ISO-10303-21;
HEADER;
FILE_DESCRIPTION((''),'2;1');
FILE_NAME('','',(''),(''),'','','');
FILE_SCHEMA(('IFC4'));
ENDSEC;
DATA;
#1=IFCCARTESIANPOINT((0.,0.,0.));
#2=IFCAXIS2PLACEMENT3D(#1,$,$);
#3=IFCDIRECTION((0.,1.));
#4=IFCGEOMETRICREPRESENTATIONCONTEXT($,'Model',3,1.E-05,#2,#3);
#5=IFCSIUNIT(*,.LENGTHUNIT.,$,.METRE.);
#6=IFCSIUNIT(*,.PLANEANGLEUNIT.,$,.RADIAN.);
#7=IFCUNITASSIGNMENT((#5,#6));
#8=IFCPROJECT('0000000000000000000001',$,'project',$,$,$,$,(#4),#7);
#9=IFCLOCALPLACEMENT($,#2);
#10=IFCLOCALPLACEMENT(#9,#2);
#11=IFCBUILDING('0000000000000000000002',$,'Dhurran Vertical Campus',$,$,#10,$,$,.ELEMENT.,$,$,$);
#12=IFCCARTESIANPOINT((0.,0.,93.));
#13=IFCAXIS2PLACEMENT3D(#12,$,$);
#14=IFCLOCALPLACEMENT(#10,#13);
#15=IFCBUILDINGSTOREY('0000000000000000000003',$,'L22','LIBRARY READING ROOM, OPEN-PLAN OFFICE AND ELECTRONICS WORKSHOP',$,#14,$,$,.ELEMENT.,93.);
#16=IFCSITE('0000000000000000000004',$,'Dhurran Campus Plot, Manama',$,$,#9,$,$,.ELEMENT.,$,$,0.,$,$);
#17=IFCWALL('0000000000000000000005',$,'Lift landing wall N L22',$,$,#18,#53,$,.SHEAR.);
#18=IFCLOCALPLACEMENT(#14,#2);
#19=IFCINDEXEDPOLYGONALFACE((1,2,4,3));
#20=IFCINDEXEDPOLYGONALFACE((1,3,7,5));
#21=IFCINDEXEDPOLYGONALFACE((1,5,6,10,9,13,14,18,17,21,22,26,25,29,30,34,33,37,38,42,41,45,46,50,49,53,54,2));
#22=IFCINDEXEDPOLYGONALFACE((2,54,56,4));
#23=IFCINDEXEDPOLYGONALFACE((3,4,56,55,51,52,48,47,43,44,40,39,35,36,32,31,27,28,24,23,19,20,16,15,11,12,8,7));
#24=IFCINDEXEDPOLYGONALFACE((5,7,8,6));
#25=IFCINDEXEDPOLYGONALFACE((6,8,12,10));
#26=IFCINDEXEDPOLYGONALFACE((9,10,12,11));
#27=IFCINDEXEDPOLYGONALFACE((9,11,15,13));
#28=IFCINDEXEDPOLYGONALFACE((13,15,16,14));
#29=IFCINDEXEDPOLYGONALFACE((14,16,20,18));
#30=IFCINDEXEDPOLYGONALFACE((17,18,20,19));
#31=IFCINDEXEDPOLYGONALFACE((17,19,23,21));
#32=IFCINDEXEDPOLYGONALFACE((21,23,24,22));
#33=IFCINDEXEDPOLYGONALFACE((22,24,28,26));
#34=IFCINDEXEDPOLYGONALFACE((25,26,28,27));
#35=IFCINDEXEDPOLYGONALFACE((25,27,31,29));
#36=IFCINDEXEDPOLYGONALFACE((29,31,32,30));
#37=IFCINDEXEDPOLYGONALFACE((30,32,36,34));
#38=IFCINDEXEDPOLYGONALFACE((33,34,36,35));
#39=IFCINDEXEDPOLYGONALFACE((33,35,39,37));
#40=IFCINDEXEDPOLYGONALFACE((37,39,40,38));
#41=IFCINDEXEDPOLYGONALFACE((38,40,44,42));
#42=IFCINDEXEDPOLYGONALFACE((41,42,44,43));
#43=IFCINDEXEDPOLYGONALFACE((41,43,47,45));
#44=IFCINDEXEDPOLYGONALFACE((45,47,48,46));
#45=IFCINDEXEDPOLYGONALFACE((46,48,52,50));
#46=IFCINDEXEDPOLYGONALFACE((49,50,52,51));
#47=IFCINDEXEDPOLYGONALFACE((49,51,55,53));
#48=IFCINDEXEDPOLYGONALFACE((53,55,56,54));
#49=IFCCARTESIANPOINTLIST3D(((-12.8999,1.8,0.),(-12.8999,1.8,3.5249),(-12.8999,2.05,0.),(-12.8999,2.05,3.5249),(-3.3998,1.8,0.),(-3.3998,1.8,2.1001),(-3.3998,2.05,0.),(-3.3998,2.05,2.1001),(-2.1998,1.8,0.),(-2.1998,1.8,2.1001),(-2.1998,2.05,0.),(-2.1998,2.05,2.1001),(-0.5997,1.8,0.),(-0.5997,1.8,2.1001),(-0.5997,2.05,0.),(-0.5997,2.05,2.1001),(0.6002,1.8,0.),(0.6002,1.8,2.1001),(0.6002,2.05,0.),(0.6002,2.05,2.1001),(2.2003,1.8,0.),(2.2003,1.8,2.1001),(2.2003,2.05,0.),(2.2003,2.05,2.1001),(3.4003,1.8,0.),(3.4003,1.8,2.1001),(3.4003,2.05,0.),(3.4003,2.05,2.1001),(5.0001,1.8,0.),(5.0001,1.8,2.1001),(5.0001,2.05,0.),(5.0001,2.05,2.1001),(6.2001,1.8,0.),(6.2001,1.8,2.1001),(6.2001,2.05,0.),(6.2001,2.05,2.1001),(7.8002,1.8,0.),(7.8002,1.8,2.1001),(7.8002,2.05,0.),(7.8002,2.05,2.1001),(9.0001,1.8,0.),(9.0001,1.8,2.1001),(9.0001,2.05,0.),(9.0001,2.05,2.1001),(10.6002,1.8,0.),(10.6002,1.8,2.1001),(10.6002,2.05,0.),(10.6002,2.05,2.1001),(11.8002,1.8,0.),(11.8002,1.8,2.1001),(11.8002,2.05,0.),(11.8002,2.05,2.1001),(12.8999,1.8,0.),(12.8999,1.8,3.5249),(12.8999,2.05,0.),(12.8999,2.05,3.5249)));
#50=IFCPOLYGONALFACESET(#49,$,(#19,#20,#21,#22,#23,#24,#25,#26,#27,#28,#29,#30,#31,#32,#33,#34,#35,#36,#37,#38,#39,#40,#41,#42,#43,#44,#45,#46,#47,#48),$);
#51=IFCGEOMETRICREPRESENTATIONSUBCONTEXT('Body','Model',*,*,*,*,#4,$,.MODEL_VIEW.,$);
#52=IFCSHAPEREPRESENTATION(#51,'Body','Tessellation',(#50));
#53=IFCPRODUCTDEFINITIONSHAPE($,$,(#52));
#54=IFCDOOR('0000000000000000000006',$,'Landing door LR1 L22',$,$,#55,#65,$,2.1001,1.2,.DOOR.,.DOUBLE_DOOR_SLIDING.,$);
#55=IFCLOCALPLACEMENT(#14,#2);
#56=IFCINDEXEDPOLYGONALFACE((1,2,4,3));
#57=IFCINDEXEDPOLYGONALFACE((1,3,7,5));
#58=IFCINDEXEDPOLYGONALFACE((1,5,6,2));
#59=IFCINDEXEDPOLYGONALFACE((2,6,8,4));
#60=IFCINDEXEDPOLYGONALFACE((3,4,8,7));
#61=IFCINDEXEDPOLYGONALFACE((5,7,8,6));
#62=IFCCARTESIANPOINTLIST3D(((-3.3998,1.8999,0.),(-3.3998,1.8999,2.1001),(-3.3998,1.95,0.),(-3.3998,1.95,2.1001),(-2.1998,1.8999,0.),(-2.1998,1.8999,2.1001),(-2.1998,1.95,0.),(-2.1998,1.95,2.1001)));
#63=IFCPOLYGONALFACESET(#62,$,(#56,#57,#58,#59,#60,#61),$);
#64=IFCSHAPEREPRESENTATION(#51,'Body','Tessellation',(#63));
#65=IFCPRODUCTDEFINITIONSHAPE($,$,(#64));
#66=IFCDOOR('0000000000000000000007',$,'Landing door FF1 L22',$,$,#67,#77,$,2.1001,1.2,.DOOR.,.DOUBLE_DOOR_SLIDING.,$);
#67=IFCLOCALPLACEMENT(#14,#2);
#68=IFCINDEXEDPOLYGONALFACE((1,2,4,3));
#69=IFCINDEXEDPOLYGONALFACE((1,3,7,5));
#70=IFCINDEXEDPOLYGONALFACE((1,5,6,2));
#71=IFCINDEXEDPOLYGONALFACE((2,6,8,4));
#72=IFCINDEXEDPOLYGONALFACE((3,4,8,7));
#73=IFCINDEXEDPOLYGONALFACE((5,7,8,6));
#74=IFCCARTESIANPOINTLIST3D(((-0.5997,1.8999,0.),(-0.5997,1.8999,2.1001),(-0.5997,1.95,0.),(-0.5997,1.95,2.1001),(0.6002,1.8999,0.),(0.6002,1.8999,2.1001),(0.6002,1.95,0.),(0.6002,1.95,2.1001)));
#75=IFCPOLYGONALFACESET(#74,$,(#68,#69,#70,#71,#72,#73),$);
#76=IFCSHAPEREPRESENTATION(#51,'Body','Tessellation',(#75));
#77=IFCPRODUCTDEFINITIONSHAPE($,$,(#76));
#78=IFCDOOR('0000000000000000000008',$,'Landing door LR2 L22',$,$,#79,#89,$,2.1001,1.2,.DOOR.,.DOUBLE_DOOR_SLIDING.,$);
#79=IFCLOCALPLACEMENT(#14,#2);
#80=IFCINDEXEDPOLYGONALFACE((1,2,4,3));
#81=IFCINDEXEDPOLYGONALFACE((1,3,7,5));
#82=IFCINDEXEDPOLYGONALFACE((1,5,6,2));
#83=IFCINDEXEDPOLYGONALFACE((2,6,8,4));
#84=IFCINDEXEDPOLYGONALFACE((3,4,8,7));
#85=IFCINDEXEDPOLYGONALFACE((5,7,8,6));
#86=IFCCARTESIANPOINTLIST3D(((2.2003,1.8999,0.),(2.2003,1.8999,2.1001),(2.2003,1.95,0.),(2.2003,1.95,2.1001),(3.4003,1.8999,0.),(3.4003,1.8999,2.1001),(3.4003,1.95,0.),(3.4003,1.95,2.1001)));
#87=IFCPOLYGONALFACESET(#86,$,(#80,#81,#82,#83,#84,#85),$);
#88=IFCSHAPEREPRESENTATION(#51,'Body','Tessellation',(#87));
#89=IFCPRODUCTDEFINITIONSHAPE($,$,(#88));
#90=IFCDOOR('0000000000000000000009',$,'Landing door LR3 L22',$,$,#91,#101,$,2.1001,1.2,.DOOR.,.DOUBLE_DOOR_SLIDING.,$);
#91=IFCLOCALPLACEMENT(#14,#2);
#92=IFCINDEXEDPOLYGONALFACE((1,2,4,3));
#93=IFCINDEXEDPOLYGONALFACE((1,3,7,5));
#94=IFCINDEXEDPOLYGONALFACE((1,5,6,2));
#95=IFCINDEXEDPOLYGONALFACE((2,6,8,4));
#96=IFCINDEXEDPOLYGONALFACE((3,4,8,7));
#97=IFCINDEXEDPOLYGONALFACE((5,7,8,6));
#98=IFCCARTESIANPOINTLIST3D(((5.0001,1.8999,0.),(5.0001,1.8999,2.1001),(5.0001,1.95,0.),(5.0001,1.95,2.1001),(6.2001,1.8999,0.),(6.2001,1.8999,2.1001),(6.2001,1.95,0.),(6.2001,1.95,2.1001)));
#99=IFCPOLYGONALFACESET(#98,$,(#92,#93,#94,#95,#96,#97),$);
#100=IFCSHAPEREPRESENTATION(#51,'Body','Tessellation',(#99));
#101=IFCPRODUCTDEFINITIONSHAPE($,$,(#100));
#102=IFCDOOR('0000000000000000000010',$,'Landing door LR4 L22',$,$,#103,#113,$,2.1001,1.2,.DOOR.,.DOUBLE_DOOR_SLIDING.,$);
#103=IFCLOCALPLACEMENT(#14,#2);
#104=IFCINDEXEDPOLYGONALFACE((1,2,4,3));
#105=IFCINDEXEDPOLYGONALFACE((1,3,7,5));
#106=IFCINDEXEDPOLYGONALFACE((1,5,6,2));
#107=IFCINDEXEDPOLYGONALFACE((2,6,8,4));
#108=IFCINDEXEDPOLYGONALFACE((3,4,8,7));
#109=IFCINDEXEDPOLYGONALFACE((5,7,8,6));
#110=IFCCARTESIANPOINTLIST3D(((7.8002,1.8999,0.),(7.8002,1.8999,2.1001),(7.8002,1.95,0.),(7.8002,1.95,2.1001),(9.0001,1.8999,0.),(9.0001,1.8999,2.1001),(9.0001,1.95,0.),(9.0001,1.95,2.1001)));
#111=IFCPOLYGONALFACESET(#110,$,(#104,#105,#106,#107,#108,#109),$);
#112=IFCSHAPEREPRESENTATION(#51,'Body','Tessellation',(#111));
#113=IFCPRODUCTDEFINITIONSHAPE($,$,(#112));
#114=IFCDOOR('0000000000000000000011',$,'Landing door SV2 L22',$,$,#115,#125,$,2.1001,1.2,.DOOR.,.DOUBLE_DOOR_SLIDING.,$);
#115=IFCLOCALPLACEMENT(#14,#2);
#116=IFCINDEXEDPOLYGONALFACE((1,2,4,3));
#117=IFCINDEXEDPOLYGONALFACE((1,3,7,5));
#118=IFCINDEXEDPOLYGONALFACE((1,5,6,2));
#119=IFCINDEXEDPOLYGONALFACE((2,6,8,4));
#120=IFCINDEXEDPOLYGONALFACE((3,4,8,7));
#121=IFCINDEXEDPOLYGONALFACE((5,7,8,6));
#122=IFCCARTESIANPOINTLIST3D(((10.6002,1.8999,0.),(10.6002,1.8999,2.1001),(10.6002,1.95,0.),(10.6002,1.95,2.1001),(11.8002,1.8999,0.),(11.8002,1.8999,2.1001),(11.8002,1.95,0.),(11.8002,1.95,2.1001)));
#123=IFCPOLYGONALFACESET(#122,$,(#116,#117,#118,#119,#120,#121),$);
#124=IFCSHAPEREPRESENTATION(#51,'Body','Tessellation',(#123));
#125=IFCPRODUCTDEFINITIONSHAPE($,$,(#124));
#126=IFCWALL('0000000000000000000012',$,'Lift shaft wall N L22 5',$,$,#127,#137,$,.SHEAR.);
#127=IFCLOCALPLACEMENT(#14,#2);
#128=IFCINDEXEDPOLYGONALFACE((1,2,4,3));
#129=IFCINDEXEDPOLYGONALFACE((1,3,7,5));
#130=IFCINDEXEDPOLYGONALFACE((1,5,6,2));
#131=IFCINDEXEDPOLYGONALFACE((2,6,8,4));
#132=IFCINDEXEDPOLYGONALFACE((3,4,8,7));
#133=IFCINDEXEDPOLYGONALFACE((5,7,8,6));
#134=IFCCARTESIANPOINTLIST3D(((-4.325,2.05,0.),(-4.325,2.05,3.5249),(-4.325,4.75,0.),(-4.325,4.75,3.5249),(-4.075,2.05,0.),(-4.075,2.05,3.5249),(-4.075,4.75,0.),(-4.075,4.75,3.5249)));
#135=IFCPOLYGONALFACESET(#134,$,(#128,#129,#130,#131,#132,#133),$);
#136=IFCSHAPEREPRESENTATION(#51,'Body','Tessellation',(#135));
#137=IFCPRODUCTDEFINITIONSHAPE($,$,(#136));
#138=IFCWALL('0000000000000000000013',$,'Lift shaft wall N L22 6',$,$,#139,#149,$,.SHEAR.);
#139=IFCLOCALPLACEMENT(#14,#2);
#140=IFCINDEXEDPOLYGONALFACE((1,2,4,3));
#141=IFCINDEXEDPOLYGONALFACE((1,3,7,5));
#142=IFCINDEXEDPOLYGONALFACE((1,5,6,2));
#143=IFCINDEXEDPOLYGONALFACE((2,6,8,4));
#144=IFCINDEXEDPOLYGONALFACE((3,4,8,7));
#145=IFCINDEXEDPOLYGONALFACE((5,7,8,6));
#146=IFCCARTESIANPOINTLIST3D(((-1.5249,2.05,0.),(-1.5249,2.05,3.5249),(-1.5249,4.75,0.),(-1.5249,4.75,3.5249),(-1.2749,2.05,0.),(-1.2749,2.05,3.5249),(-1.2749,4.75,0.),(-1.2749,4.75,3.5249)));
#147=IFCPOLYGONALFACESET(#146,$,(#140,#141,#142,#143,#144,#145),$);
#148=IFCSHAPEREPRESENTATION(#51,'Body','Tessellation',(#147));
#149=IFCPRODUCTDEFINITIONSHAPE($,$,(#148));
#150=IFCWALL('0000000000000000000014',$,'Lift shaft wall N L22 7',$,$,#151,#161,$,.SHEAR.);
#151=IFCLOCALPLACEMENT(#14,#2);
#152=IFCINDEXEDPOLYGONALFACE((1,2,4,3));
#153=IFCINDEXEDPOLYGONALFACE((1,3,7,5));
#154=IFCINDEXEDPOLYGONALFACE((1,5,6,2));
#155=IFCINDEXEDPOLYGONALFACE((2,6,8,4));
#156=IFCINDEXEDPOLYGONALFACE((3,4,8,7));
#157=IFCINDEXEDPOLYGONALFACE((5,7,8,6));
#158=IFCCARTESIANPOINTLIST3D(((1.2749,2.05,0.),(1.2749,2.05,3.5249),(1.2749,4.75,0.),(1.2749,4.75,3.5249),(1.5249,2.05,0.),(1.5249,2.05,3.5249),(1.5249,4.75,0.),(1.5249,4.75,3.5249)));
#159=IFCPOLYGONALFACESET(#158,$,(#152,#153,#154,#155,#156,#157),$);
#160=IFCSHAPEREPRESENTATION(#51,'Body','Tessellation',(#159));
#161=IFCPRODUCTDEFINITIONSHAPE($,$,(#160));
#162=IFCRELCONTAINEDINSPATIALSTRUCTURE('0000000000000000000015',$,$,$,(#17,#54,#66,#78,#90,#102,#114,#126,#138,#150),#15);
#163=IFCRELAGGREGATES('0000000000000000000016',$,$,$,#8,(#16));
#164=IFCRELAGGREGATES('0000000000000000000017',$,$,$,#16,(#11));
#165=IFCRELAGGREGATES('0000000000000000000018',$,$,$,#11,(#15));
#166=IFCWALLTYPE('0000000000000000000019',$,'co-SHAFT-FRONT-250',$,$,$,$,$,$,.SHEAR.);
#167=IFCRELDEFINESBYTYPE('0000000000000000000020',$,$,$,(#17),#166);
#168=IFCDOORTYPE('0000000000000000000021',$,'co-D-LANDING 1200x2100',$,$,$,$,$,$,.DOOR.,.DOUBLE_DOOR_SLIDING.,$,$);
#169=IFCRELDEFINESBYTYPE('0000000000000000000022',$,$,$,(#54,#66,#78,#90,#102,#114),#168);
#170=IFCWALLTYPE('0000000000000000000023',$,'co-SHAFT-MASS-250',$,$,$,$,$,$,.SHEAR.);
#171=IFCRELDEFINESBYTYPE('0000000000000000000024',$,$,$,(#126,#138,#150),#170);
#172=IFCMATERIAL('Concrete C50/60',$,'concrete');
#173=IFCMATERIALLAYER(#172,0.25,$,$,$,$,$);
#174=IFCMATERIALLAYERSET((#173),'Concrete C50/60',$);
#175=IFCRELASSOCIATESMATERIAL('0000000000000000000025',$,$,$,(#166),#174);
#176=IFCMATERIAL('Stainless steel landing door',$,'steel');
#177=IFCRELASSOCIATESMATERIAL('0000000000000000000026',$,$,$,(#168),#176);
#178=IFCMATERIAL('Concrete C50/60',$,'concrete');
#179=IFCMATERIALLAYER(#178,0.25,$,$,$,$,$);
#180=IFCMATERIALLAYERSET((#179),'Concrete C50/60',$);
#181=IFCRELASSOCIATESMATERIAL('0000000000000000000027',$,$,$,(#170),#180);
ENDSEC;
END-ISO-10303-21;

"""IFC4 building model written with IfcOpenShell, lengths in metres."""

from ifc_helpers import new_model, si_unit, direction, frame, frame_2d, origin, place, context, subcontext, project, spatial, polyline, rectangle, outline, extrude, material, layer, layer_set, type_object, element, fill, save


model = new_model("IFC4")

# Units and contexts
model_context = context("Model", 3, precision=1e-05, world=origin(), true_north=direction((0.0, 1.0)))
body_context = subcontext(model_context, "Body", "Model", "MODEL_VIEW")
ifc_project = project(units=[si_unit("LENGTHUNIT", "METRE"), si_unit("PLANEANGLEUNIT", "RADIAN")], contexts=[model_context])

# Site, building, storey
site_placement = place(None, origin())
site = spatial("IfcSite", under=ifc_project, at=site_placement, Name="Dhurran Campus Plot, Manama", CompositionType="ELEMENT", RefElevation=0.0)
building_placement = place(site_placement, origin())
building = spatial("IfcBuilding", under=site, at=building_placement, Name="Dhurran Vertical Campus", CompositionType="ELEMENT")
storey_placement = place(building_placement, frame((0.0, 0.0, 93.0)))
storey = spatial("IfcBuildingStorey", under=building, at=storey_placement, Name="L22", Description="LIBRARY READING ROOM, OPEN-PLAN OFFICE AND ELECTRONICS WORKSHOP", CompositionType="ELEMENT", Elevation=93.0)

# Wall, openings, doors
ifc_material_1 = material(Name="Concrete C50/60", Category="concrete")
ifc_layer_1 = layer(ifc_material_1, 0.25)
ifc_layer_set_1 = layer_set([ifc_layer_1], Name="Concrete C50/60")
wall_type_1 = type_object("IfcWallType", Name="co-SHAFT-FRONT-250", PredefinedType="SHEAR", material=ifc_layer_set_1)
wall_1_placement = place(storey_placement, frame((-12.8999, 1.925, 0.0), z_axis=(0.0, 0.0, 1.0), x_axis=(1.0, 0.0, 0.0)))
wall_1 = element("IfcWall", 1, at=wall_1_placement, inside=storey, type_object=wall_type_1, Name="Lift landing wall N L22", PredefinedType="SHEAR", context=body_context, shape_type="SweptSolid", body=[
    extrude(rectangle(XDim=25.7998, YDim=0.25, at=frame_2d((12.8999, 0.0))), origin(), (0.0, 0.0, 1.0), 3.5249),
])
opening_1_placement = place(wall_1_placement, frame((9.5, 0.0, 0.0)))
opening_1 = element("IfcOpeningElement", 2, at=opening_1_placement, cuts=wall_1, PredefinedType="OPENING", context=body_context, shape_type="SweptSolid", body=[
    extrude(rectangle(XDim=1.2, YDim=2.1001, at=frame_2d((0.6001, 1.05))), frame((0.0, 0.135, 0.0), z_axis=(0.0, -1.0, 0.0), x_axis=(1.0, 0.0, 0.0)), (0.0, 0.0, 1.0), 0.27),
])
opening_2_placement = place(wall_1_placement, frame((12.3, 0.0, 0.0)))
opening_2 = element("IfcOpeningElement", 3, at=opening_2_placement, cuts=wall_1, PredefinedType="OPENING", context=body_context, shape_type="SweptSolid", body=[
    extrude(rectangle(XDim=1.2, YDim=2.1001, at=frame_2d((0.6001, 1.05))), frame((0.0, 0.135, 0.0), z_axis=(0.0, -1.0, 0.0), x_axis=(1.0, 0.0, 0.0)), (0.0, 0.0, 1.0), 0.27),
])
opening_3_placement = place(wall_1_placement, frame((15.1001, 0.0, 0.0)))
opening_3 = element("IfcOpeningElement", 4, at=opening_3_placement, cuts=wall_1, PredefinedType="OPENING", context=body_context, shape_type="SweptSolid", body=[
    extrude(rectangle(XDim=1.2, YDim=2.1001, at=frame_2d((0.6001, 1.05))), frame((0.0, 0.135, 0.0), z_axis=(0.0, -1.0, 0.0), x_axis=(1.0, 0.0, 0.0)), (0.0, 0.0, 1.0), 0.27),
])
opening_4_placement = place(wall_1_placement, frame((17.8999, 0.0, 0.0)))
opening_4 = element("IfcOpeningElement", 5, at=opening_4_placement, cuts=wall_1, PredefinedType="OPENING", context=body_context, shape_type="SweptSolid", body=[
    extrude(rectangle(XDim=1.2, YDim=2.1001, at=frame_2d((0.6001, 1.05))), frame((0.0, 0.135, 0.0), z_axis=(0.0, -1.0, 0.0), x_axis=(1.0, 0.0, 0.0)), (0.0, 0.0, 1.0), 0.27),
])
opening_5_placement = place(wall_1_placement, frame((20.7, 0.0, 0.0)))
opening_5 = element("IfcOpeningElement", 6, at=opening_5_placement, cuts=wall_1, PredefinedType="OPENING", context=body_context, shape_type="SweptSolid", body=[
    extrude(rectangle(XDim=1.2, YDim=2.1001, at=frame_2d((0.6001, 1.05))), frame((0.0, 0.135, 0.0), z_axis=(0.0, -1.0, 0.0), x_axis=(1.0, 0.0, 0.0)), (0.0, 0.0, 1.0), 0.27),
])
opening_6_placement = place(wall_1_placement, frame((23.5, 0.0, 0.0)))
opening_6 = element("IfcOpeningElement", 7, at=opening_6_placement, cuts=wall_1, PredefinedType="OPENING", context=body_context, shape_type="SweptSolid", body=[
    extrude(rectangle(XDim=1.2, YDim=2.1001, at=frame_2d((0.6001, 1.05))), frame((0.0, 0.135, 0.0), z_axis=(0.0, -1.0, 0.0), x_axis=(1.0, 0.0, 0.0)), (0.0, 0.0, 1.0), 0.27),
])
ifc_material_2 = material(Name="Stainless steel landing door", Category="steel")
door_type_1 = type_object("IfcDoorType", Name="co-D-LANDING 1200x2100", OperationType="DOUBLE_DOOR_SLIDING", PredefinedType="DOOR", material=ifc_material_2)
door_1_placement = place(opening_1_placement, origin())
door_1 = element("IfcDoor", 8, at=door_1_placement, inside=storey, type_object=door_type_1, Name="Landing door LR1 L22", OperationType="DOUBLE_DOOR_SLIDING", OverallHeight=2.1001, OverallWidth=1.2, PredefinedType="DOOR", context=body_context, shape_type="SweptSolid", body=[
    extrude(rectangle(XDim=1.2, YDim=2.1001, at=frame_2d((0.6001, 1.05))), frame((0.0, 0.0249, 0.0), z_axis=(0.0, -1.0, 0.0), x_axis=(1.0, 0.0, 0.0)), (0.0, 0.0, 1.0), 0.05),
])
fill(opening_1, door_1)
door_2_placement = place(opening_2_placement, origin())
door_2 = element("IfcDoor", 9, at=door_2_placement, inside=storey, type_object=door_type_1, Name="Landing door FF1 L22", OperationType="DOUBLE_DOOR_SLIDING", OverallHeight=2.1001, OverallWidth=1.2, PredefinedType="DOOR", context=body_context, shape_type="SweptSolid", body=[
    extrude(rectangle(XDim=1.2, YDim=2.1001, at=frame_2d((0.6001, 1.05))), frame((0.0, 0.0249, 0.0), z_axis=(0.0, -1.0, 0.0), x_axis=(1.0, 0.0, 0.0)), (0.0, 0.0, 1.0), 0.05),
])
fill(opening_2, door_2)
door_3_placement = place(opening_3_placement, origin())
door_3 = element("IfcDoor", 10, at=door_3_placement, inside=storey, type_object=door_type_1, Name="Landing door LR2 L22", OperationType="DOUBLE_DOOR_SLIDING", OverallHeight=2.1001, OverallWidth=1.2, PredefinedType="DOOR", context=body_context, shape_type="SweptSolid", body=[
    extrude(rectangle(XDim=1.2, YDim=2.1001, at=frame_2d((0.6001, 1.05))), frame((0.0, 0.0249, 0.0), z_axis=(0.0, -1.0, 0.0), x_axis=(1.0, 0.0, 0.0)), (0.0, 0.0, 1.0), 0.05),
])
fill(opening_3, door_3)
door_4_placement = place(opening_4_placement, origin())
door_4 = element("IfcDoor", 11, at=door_4_placement, inside=storey, type_object=door_type_1, Name="Landing door LR3 L22", OperationType="DOUBLE_DOOR_SLIDING", OverallHeight=2.1001, OverallWidth=1.2, PredefinedType="DOOR", context=body_context, shape_type="SweptSolid", body=[
    extrude(rectangle(XDim=1.2, YDim=2.1001, at=frame_2d((0.6001, 1.05))), frame((0.0, 0.0249, 0.0), z_axis=(0.0, -1.0, 0.0), x_axis=(1.0, 0.0, 0.0)), (0.0, 0.0, 1.0), 0.05),
])
fill(opening_4, door_4)
door_5_placement = place(opening_5_placement, origin())
door_5 = element("IfcDoor", 12, at=door_5_placement, inside=storey, type_object=door_type_1, Name="Landing door LR4 L22", OperationType="DOUBLE_DOOR_SLIDING", OverallHeight=2.1001, OverallWidth=1.2, PredefinedType="DOOR", context=body_context, shape_type="SweptSolid", body=[
    extrude(rectangle(XDim=1.2, YDim=2.1001, at=frame_2d((0.6001, 1.05))), frame((0.0, 0.0249, 0.0), z_axis=(0.0, -1.0, 0.0), x_axis=(1.0, 0.0, 0.0)), (0.0, 0.0, 1.0), 0.05),
])
fill(opening_5, door_5)
door_6_placement = place(opening_6_placement, origin())
door_6 = element("IfcDoor", 13, at=door_6_placement, inside=storey, type_object=door_type_1, Name="Landing door SV2 L22", OperationType="DOUBLE_DOOR_SLIDING", OverallHeight=2.1001, OverallWidth=1.2, PredefinedType="DOOR", context=body_context, shape_type="SweptSolid", body=[
    extrude(rectangle(XDim=1.2, YDim=2.1001, at=frame_2d((0.6001, 1.05))), frame((0.0, 0.0249, 0.0), z_axis=(0.0, -1.0, 0.0), x_axis=(1.0, 0.0, 0.0)), (0.0, 0.0, 1.0), 0.05),
])
fill(opening_6, door_6)

# Walls
ifc_material_3 = material(Name="Concrete C50/60", Category="concrete")
ifc_layer_2 = layer(ifc_material_3, 0.25)
ifc_layer_set_2 = layer_set([ifc_layer_2], Name="Concrete C50/60")
wall_type_2 = type_object("IfcWallType", Name="co-SHAFT-MASS-250", PredefinedType="SHEAR", material=ifc_layer_set_2)
wall_2_placement = place(storey_placement, origin())
element("IfcWall", 14, at=wall_2_placement, inside=storey, type_object=wall_type_2, Name="Lift shaft wall N L22 5", PredefinedType="SHEAR", context=body_context, shape_type="SweptSolid", body=[
    extrude(outline(polyline([(-4.325, 2.05), (-4.075, 2.05), (-4.075, 4.75), (-4.325, 4.75), (-4.325, 2.05)])), origin(), (0.0, 0.0, 1.0), 3.5249),
])
wall_3_placement = place(storey_placement, origin())
element("IfcWall", 15, at=wall_3_placement, inside=storey, type_object=wall_type_2, Name="Lift shaft wall N L22 6", PredefinedType="SHEAR", context=body_context, shape_type="SweptSolid", body=[
    extrude(outline(polyline([(-1.5249, 2.05), (-1.2749, 2.05), (-1.2749, 4.75), (-1.5249, 4.75), (-1.5249, 2.05)])), origin(), (0.0, 0.0, 1.0), 3.5249),
])
wall_4_placement = place(storey_placement, origin())
element("IfcWall", 16, at=wall_4_placement, inside=storey, type_object=wall_type_2, Name="Lift shaft wall N L22 7", PredefinedType="SHEAR", context=body_context, shape_type="SweptSolid", body=[
    extrude(outline(polyline([(1.2749, 2.05), (1.5249, 2.05), (1.5249, 4.75), (1.2749, 4.75), (1.2749, 2.05)])), origin(), (0.0, 0.0, 1.0), 3.5249),
])

save(model, "model.ifc")
